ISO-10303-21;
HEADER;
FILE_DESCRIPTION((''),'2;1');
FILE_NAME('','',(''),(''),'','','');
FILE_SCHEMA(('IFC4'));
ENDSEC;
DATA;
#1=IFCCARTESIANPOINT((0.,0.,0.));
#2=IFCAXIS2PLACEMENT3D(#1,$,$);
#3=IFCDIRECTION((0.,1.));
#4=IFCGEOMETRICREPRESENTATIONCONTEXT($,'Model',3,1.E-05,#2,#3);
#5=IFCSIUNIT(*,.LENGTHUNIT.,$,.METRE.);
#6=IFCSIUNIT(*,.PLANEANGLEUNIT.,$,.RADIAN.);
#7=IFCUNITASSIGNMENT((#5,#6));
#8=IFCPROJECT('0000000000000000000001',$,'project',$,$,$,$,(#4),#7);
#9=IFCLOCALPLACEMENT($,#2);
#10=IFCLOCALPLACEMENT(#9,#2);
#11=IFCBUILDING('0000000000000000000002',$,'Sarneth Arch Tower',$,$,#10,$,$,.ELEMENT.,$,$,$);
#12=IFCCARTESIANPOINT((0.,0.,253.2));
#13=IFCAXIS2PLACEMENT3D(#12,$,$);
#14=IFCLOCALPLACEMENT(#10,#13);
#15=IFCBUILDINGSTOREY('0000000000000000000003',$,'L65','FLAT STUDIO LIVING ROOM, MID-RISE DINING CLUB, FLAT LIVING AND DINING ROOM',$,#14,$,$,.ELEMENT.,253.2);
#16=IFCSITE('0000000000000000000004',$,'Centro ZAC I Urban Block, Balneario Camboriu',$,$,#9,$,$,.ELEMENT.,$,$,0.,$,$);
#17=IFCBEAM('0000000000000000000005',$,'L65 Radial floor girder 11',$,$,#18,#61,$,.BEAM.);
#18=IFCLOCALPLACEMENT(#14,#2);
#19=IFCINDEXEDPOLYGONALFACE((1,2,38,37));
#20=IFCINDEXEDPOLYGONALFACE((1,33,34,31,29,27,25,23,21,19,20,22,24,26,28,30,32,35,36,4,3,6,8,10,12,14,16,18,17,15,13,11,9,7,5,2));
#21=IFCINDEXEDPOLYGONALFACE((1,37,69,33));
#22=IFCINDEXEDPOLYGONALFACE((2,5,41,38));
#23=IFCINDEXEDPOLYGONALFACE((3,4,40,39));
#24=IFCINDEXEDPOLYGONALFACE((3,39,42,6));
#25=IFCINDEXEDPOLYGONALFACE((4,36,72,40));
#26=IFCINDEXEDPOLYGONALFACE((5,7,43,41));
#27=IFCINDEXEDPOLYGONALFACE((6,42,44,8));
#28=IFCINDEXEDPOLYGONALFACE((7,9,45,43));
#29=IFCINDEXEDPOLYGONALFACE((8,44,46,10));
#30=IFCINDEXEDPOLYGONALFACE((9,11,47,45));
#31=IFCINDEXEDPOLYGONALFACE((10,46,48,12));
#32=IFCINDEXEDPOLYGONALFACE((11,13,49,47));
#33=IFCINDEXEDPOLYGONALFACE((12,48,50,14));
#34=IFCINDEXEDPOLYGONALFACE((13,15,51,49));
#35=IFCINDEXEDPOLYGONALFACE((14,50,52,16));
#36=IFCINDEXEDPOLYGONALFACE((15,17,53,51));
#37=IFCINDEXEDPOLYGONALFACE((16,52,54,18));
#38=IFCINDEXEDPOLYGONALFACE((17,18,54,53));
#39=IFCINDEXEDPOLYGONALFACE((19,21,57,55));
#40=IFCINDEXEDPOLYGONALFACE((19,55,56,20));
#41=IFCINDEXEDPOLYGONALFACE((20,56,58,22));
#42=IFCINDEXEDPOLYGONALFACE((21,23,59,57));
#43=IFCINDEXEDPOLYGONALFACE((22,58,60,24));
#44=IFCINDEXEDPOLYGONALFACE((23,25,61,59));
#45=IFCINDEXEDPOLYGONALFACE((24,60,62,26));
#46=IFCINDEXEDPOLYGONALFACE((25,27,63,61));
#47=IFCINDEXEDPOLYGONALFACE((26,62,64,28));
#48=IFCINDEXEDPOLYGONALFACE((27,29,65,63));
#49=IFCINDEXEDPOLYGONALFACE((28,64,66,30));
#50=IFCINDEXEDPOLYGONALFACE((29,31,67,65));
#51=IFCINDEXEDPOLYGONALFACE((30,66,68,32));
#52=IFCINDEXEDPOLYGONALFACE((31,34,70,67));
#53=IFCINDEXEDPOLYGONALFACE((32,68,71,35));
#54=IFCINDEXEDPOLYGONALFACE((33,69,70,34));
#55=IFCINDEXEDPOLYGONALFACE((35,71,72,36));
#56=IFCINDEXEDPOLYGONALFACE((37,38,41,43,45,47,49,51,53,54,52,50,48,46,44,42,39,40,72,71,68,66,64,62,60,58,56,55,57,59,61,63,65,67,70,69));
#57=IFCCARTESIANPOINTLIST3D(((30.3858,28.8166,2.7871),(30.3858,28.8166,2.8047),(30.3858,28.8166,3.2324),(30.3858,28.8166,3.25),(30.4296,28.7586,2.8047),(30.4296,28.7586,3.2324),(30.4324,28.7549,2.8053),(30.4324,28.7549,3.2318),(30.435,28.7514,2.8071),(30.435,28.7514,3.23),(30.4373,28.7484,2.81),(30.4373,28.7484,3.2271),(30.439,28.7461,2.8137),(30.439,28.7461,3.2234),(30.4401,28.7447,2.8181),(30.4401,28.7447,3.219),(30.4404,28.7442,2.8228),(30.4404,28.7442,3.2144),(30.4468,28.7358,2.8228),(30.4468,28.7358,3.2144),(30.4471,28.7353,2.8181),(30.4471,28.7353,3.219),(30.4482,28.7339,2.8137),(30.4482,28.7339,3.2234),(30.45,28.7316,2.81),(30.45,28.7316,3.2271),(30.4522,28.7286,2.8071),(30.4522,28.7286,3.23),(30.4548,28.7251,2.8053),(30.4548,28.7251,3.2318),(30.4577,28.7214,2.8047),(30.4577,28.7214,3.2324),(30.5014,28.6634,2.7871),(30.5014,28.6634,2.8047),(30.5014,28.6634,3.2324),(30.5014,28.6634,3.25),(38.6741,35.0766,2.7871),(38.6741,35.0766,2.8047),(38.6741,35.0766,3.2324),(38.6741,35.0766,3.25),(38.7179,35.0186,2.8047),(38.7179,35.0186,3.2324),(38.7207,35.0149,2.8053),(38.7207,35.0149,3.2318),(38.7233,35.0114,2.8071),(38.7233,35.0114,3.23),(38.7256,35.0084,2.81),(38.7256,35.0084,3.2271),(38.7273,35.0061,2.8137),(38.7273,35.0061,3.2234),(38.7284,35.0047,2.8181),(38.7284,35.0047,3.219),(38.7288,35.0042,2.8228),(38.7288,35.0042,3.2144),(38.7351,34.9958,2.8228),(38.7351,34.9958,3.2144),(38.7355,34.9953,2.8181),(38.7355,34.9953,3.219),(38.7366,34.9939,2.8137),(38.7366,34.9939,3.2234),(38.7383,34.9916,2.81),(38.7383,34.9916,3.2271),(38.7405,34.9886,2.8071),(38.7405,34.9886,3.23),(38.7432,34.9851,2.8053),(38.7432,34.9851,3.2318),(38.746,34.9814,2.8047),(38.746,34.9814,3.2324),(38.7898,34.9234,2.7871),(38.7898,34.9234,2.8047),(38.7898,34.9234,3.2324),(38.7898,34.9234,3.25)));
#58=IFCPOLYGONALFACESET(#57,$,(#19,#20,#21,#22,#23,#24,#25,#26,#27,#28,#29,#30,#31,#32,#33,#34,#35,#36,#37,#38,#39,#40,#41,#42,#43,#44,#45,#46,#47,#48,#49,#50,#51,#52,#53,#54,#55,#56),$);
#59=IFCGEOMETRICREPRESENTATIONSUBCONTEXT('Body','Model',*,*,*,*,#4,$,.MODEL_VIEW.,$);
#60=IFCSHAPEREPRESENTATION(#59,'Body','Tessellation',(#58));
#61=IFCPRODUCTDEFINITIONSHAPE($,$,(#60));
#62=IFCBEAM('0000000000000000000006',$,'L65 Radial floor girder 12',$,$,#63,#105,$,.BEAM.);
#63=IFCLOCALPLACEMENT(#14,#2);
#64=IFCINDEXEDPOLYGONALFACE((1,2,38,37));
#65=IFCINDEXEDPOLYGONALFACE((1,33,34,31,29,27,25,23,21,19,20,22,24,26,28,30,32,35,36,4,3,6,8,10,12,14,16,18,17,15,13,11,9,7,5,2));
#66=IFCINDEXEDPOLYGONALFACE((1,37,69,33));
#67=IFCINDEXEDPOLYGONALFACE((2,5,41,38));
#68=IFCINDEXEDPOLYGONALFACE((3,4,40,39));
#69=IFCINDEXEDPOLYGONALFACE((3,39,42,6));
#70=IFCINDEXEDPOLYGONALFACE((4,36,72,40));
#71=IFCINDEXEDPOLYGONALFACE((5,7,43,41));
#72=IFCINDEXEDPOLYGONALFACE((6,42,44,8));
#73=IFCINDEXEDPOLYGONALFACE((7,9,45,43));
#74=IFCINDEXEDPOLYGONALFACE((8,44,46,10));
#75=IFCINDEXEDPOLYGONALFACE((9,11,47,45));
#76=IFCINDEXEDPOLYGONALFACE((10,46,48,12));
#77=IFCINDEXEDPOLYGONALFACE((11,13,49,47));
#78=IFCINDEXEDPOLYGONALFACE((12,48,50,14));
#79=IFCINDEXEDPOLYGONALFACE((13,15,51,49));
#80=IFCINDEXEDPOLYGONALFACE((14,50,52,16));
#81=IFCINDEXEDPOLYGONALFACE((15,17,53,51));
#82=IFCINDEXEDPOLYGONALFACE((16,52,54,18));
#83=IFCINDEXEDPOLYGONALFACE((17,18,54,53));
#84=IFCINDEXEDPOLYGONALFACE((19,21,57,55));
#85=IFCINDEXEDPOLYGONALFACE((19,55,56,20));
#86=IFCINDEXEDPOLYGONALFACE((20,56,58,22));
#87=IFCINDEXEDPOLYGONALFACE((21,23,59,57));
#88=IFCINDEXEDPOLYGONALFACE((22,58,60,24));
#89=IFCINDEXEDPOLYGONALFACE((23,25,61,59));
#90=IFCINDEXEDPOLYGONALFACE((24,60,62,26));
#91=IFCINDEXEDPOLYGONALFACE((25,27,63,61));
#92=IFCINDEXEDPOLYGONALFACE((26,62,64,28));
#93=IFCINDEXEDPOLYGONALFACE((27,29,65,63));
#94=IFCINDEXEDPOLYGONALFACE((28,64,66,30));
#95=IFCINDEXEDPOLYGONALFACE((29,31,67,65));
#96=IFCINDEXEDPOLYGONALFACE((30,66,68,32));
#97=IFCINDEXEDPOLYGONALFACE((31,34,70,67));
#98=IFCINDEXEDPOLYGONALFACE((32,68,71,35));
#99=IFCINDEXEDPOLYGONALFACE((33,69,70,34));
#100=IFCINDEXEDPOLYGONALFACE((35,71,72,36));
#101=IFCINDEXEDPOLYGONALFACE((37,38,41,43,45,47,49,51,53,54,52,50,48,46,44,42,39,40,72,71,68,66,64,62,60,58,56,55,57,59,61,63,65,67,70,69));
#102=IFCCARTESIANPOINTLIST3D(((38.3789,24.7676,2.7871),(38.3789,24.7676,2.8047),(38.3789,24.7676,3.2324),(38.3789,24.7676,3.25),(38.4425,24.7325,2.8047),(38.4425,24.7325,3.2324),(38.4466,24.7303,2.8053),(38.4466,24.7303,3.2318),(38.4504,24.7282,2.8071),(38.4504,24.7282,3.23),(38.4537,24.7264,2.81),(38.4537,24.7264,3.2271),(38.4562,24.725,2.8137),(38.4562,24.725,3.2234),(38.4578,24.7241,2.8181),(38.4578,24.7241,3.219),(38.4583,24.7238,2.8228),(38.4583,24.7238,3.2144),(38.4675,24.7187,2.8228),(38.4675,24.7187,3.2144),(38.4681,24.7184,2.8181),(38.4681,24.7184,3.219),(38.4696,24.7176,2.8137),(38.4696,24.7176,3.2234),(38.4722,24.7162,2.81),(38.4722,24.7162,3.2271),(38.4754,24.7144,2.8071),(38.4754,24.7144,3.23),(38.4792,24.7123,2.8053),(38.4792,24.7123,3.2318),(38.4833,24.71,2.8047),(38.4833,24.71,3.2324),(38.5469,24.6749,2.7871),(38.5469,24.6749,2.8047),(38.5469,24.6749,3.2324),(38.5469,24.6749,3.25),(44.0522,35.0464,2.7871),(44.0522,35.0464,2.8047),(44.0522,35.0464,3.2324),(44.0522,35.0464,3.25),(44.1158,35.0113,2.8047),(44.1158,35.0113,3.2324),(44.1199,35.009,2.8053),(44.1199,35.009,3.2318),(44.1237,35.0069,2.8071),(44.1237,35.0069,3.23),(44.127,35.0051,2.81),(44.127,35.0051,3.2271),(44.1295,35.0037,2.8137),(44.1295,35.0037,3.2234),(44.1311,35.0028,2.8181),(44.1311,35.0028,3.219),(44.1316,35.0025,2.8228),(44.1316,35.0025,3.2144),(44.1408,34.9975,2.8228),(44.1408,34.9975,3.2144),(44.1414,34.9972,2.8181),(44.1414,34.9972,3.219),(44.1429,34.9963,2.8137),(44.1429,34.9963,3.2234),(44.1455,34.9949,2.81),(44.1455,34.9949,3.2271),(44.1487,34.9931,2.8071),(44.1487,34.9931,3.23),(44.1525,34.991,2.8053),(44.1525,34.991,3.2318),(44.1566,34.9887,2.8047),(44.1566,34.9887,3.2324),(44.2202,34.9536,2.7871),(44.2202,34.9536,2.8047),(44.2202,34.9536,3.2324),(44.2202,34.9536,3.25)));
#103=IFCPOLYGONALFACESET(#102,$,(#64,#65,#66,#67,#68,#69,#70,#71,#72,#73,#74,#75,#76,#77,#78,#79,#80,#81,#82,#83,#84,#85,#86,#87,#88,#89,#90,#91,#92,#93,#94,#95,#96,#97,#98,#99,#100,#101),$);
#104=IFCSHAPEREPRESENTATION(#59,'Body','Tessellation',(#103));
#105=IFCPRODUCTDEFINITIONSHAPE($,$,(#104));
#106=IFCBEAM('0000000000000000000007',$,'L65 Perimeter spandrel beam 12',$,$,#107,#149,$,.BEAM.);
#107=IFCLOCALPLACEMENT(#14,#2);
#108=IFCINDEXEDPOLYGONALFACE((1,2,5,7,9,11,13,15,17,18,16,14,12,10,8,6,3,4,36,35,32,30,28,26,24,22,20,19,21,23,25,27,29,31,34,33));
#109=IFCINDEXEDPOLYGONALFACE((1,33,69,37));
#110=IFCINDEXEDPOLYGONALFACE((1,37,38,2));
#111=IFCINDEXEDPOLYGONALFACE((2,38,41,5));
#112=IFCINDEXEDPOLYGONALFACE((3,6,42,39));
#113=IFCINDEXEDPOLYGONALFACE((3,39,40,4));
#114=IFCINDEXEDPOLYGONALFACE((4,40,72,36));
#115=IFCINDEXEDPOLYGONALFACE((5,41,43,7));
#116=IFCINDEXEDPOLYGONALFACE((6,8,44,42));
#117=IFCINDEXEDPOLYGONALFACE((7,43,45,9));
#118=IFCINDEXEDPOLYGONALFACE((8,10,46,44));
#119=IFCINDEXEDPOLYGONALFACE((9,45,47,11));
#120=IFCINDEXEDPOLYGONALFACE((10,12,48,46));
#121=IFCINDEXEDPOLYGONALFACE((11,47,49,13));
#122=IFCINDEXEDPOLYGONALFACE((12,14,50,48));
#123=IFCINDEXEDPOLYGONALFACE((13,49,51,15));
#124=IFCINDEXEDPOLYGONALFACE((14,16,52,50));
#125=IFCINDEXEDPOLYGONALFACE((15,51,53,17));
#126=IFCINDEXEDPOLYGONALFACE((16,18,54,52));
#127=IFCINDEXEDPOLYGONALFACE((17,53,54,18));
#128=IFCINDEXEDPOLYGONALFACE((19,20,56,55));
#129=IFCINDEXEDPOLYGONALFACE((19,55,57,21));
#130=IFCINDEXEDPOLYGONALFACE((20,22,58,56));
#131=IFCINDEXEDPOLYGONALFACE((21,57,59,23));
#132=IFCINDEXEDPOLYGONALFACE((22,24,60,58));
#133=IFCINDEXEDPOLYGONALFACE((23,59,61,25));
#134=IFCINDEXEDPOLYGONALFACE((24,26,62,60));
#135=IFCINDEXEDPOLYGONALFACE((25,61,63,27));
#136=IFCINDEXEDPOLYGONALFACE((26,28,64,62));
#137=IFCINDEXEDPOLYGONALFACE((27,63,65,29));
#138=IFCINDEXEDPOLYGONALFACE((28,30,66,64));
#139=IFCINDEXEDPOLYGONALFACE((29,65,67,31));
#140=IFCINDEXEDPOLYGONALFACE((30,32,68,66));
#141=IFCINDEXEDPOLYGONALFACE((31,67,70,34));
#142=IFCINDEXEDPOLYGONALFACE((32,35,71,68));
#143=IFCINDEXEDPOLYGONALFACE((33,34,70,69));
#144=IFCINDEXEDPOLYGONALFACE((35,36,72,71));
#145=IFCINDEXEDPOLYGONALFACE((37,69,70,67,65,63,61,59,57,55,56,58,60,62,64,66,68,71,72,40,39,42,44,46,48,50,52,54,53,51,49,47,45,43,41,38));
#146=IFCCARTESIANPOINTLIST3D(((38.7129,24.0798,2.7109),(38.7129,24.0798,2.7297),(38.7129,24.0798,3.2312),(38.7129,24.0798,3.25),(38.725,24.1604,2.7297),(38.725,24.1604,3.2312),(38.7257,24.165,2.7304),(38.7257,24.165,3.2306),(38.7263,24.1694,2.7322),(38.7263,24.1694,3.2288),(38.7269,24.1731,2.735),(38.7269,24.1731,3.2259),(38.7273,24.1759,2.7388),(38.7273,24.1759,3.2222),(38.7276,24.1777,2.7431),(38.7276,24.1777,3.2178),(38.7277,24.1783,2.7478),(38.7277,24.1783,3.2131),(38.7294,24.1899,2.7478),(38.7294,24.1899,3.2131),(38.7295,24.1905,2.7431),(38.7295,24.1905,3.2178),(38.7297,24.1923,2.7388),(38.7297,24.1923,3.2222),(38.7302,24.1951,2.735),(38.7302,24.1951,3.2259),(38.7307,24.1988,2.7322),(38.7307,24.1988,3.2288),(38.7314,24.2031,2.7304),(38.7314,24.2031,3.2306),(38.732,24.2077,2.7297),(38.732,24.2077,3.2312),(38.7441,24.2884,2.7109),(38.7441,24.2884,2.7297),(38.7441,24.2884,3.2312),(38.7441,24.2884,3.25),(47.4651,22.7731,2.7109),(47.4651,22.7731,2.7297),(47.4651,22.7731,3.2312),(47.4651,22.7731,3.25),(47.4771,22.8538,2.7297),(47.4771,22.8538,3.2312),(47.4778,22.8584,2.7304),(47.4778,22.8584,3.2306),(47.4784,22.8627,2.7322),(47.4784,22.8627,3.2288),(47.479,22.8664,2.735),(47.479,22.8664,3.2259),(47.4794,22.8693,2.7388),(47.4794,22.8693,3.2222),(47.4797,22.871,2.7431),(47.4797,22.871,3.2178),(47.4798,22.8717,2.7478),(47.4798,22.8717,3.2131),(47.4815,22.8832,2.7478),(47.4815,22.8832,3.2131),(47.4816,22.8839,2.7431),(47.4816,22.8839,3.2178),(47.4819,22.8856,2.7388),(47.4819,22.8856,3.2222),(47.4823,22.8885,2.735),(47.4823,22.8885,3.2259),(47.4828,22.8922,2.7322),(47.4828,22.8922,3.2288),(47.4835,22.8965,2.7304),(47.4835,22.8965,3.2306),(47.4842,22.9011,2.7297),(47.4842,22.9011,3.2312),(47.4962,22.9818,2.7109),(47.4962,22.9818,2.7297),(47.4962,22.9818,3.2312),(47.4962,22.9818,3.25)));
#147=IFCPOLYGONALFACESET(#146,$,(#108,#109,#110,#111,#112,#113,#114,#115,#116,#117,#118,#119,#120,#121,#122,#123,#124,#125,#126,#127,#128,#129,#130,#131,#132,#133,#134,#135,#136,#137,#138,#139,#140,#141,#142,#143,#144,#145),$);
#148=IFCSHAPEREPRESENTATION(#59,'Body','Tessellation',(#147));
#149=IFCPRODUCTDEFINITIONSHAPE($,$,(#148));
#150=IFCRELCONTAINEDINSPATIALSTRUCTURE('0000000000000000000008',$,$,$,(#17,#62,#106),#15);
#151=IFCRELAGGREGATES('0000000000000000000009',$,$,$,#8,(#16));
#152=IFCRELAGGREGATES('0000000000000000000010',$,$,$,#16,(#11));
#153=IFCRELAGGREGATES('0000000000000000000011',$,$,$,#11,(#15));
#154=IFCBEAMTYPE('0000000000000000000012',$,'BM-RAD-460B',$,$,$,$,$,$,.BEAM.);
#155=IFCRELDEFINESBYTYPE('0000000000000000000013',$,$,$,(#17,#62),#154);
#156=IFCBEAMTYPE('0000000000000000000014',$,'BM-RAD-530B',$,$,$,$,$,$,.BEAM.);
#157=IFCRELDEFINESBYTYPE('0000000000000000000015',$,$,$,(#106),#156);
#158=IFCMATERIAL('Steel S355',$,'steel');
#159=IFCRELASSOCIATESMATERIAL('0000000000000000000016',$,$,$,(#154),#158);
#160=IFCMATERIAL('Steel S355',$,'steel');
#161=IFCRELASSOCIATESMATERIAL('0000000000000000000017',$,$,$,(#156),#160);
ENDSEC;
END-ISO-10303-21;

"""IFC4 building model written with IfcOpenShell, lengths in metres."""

from ifc_helpers import new_model, si_unit, direction, frame, origin, origin_2d, place, context, subcontext, project, spatial, i_section, extrude, material, material_profile, profile_set, type_object, element, save


model = new_model("IFC4")

# Units and contexts
model_context = context("Model", 3, precision=1e-05, world=origin(), true_north=direction((0.0, 1.0)))
body_context = subcontext(model_context, "Body", "Model", "MODEL_VIEW")
ifc_project = project(units=[si_unit("LENGTHUNIT", "METRE"), si_unit("PLANEANGLEUNIT", "RADIAN")], contexts=[model_context])

# Site, building, storey
site_placement = place(None, origin())
site = spatial("IfcSite", under=ifc_project, at=site_placement, Name="Centro ZAC I Urban Block, Balneario Camboriu", CompositionType="ELEMENT", RefElevation=0.0)
building_placement = place(site_placement, origin())
building = spatial("IfcBuilding", under=site, at=building_placement, Name="Sarneth Arch Tower", CompositionType="ELEMENT")
storey_placement = place(building_placement, frame((0.0, 0.0, 253.2)))
storey = spatial("IfcBuildingStorey", under=building, at=storey_placement, Name="L65", Description="FLAT STUDIO LIVING ROOM, MID-RISE DINING CLUB, FLAT LIVING AND DINING ROOM", CompositionType="ELEMENT", Elevation=253.2)

# Beams
ifc_material_1 = material(Name="Steel S355", Category="steel")
ifc_material_profile_1 = material_profile(ifc_material_1, i_section(OverallWidth=0.1919, OverallDepth=0.4629, WebThickness=0.0105, FlangeThickness=0.0176, FilletRadius=0.0181, at=origin_2d()), Name="W460x89")
ifc_profile_set_1 = profile_set([ifc_material_profile_1], Name="Steel S355")
beam_type_1 = type_object("IfcBeamType", Name="BM-RAD-460B", PredefinedType="BEAM", material=ifc_profile_set_1)
beam_1_placement = place(storey_placement, frame((38.7319, 35.0, 3.0186), z_axis=(-0.797973, -0.602693, 0.0), x_axis=(0.602693, -0.797973, 0.0)))
element("IfcBeam", 1, at=beam_1_placement, inside=storey, type_object=beam_type_1, Name="L65 Radial floor girder 11", PredefinedType="BEAM", context=body_context, shape_type="SweptSolid", body=[
    extrude(i_section(OverallWidth=0.1919, OverallDepth=0.4629, WebThickness=0.0105, FlangeThickness=0.0176, FilletRadius=0.0181, at=origin_2d()), origin(), (0.0, 0.0, 1.0), 10.3867),
])
beam_2_placement = place(storey_placement, frame((44.1362, 35.0, 3.0186), z_axis=(-0.483226, -0.875496, 0.0), x_axis=(0.875496, -0.483226, 0.0)))
element("IfcBeam", 2, at=beam_2_placement, inside=storey, type_object=beam_type_1, Name="L65 Radial floor girder 12", PredefinedType="BEAM", context=body_context, shape_type="SweptSolid", body=[
    extrude(i_section(OverallWidth=0.1919, OverallDepth=0.4629, WebThickness=0.0105, FlangeThickness=0.0176, FilletRadius=0.0181, at=origin_2d()), origin(), (0.0, 0.0, 1.0), 11.7405),
])
ifc_material_2 = material(Name="Steel S355", Category="steel")
ifc_material_profile_2 = material_profile(ifc_material_2, i_section(OverallWidth=0.2109, OverallDepth=0.5391, WebThickness=0.0117, FlangeThickness=0.0188, FilletRadius=0.0181, at=origin_2d()), Name="W530x109")
ifc_profile_set_2 = profile_set([ifc_material_profile_2], Name="Steel S355")
beam_type_2 = type_object("IfcBeamType", Name="BM-RAD-530B", PredefinedType="BEAM", material=ifc_profile_set_2)
beam_3_placement = place(storey_placement, frame((38.7285, 24.1841, 2.9805), z_axis=(0.989039, -0.147656, 0.0), x_axis=(0.147656, 0.989039, 0.0)))
element("IfcBeam", 3, at=beam_3_placement, inside=storey, type_object=beam_type_2, Name="L65 Perimeter spandrel beam 12", PredefinedType="BEAM", context=body_context, shape_type="SweptSolid", body=[
    extrude(i_section(OverallWidth=0.2109, OverallDepth=0.5391, WebThickness=0.0117, FlangeThickness=0.0188, FilletRadius=0.0181, at=origin_2d()), origin(), (0.0, 0.0, 1.0), 8.8491),
])

save(model, "model.ifc")
